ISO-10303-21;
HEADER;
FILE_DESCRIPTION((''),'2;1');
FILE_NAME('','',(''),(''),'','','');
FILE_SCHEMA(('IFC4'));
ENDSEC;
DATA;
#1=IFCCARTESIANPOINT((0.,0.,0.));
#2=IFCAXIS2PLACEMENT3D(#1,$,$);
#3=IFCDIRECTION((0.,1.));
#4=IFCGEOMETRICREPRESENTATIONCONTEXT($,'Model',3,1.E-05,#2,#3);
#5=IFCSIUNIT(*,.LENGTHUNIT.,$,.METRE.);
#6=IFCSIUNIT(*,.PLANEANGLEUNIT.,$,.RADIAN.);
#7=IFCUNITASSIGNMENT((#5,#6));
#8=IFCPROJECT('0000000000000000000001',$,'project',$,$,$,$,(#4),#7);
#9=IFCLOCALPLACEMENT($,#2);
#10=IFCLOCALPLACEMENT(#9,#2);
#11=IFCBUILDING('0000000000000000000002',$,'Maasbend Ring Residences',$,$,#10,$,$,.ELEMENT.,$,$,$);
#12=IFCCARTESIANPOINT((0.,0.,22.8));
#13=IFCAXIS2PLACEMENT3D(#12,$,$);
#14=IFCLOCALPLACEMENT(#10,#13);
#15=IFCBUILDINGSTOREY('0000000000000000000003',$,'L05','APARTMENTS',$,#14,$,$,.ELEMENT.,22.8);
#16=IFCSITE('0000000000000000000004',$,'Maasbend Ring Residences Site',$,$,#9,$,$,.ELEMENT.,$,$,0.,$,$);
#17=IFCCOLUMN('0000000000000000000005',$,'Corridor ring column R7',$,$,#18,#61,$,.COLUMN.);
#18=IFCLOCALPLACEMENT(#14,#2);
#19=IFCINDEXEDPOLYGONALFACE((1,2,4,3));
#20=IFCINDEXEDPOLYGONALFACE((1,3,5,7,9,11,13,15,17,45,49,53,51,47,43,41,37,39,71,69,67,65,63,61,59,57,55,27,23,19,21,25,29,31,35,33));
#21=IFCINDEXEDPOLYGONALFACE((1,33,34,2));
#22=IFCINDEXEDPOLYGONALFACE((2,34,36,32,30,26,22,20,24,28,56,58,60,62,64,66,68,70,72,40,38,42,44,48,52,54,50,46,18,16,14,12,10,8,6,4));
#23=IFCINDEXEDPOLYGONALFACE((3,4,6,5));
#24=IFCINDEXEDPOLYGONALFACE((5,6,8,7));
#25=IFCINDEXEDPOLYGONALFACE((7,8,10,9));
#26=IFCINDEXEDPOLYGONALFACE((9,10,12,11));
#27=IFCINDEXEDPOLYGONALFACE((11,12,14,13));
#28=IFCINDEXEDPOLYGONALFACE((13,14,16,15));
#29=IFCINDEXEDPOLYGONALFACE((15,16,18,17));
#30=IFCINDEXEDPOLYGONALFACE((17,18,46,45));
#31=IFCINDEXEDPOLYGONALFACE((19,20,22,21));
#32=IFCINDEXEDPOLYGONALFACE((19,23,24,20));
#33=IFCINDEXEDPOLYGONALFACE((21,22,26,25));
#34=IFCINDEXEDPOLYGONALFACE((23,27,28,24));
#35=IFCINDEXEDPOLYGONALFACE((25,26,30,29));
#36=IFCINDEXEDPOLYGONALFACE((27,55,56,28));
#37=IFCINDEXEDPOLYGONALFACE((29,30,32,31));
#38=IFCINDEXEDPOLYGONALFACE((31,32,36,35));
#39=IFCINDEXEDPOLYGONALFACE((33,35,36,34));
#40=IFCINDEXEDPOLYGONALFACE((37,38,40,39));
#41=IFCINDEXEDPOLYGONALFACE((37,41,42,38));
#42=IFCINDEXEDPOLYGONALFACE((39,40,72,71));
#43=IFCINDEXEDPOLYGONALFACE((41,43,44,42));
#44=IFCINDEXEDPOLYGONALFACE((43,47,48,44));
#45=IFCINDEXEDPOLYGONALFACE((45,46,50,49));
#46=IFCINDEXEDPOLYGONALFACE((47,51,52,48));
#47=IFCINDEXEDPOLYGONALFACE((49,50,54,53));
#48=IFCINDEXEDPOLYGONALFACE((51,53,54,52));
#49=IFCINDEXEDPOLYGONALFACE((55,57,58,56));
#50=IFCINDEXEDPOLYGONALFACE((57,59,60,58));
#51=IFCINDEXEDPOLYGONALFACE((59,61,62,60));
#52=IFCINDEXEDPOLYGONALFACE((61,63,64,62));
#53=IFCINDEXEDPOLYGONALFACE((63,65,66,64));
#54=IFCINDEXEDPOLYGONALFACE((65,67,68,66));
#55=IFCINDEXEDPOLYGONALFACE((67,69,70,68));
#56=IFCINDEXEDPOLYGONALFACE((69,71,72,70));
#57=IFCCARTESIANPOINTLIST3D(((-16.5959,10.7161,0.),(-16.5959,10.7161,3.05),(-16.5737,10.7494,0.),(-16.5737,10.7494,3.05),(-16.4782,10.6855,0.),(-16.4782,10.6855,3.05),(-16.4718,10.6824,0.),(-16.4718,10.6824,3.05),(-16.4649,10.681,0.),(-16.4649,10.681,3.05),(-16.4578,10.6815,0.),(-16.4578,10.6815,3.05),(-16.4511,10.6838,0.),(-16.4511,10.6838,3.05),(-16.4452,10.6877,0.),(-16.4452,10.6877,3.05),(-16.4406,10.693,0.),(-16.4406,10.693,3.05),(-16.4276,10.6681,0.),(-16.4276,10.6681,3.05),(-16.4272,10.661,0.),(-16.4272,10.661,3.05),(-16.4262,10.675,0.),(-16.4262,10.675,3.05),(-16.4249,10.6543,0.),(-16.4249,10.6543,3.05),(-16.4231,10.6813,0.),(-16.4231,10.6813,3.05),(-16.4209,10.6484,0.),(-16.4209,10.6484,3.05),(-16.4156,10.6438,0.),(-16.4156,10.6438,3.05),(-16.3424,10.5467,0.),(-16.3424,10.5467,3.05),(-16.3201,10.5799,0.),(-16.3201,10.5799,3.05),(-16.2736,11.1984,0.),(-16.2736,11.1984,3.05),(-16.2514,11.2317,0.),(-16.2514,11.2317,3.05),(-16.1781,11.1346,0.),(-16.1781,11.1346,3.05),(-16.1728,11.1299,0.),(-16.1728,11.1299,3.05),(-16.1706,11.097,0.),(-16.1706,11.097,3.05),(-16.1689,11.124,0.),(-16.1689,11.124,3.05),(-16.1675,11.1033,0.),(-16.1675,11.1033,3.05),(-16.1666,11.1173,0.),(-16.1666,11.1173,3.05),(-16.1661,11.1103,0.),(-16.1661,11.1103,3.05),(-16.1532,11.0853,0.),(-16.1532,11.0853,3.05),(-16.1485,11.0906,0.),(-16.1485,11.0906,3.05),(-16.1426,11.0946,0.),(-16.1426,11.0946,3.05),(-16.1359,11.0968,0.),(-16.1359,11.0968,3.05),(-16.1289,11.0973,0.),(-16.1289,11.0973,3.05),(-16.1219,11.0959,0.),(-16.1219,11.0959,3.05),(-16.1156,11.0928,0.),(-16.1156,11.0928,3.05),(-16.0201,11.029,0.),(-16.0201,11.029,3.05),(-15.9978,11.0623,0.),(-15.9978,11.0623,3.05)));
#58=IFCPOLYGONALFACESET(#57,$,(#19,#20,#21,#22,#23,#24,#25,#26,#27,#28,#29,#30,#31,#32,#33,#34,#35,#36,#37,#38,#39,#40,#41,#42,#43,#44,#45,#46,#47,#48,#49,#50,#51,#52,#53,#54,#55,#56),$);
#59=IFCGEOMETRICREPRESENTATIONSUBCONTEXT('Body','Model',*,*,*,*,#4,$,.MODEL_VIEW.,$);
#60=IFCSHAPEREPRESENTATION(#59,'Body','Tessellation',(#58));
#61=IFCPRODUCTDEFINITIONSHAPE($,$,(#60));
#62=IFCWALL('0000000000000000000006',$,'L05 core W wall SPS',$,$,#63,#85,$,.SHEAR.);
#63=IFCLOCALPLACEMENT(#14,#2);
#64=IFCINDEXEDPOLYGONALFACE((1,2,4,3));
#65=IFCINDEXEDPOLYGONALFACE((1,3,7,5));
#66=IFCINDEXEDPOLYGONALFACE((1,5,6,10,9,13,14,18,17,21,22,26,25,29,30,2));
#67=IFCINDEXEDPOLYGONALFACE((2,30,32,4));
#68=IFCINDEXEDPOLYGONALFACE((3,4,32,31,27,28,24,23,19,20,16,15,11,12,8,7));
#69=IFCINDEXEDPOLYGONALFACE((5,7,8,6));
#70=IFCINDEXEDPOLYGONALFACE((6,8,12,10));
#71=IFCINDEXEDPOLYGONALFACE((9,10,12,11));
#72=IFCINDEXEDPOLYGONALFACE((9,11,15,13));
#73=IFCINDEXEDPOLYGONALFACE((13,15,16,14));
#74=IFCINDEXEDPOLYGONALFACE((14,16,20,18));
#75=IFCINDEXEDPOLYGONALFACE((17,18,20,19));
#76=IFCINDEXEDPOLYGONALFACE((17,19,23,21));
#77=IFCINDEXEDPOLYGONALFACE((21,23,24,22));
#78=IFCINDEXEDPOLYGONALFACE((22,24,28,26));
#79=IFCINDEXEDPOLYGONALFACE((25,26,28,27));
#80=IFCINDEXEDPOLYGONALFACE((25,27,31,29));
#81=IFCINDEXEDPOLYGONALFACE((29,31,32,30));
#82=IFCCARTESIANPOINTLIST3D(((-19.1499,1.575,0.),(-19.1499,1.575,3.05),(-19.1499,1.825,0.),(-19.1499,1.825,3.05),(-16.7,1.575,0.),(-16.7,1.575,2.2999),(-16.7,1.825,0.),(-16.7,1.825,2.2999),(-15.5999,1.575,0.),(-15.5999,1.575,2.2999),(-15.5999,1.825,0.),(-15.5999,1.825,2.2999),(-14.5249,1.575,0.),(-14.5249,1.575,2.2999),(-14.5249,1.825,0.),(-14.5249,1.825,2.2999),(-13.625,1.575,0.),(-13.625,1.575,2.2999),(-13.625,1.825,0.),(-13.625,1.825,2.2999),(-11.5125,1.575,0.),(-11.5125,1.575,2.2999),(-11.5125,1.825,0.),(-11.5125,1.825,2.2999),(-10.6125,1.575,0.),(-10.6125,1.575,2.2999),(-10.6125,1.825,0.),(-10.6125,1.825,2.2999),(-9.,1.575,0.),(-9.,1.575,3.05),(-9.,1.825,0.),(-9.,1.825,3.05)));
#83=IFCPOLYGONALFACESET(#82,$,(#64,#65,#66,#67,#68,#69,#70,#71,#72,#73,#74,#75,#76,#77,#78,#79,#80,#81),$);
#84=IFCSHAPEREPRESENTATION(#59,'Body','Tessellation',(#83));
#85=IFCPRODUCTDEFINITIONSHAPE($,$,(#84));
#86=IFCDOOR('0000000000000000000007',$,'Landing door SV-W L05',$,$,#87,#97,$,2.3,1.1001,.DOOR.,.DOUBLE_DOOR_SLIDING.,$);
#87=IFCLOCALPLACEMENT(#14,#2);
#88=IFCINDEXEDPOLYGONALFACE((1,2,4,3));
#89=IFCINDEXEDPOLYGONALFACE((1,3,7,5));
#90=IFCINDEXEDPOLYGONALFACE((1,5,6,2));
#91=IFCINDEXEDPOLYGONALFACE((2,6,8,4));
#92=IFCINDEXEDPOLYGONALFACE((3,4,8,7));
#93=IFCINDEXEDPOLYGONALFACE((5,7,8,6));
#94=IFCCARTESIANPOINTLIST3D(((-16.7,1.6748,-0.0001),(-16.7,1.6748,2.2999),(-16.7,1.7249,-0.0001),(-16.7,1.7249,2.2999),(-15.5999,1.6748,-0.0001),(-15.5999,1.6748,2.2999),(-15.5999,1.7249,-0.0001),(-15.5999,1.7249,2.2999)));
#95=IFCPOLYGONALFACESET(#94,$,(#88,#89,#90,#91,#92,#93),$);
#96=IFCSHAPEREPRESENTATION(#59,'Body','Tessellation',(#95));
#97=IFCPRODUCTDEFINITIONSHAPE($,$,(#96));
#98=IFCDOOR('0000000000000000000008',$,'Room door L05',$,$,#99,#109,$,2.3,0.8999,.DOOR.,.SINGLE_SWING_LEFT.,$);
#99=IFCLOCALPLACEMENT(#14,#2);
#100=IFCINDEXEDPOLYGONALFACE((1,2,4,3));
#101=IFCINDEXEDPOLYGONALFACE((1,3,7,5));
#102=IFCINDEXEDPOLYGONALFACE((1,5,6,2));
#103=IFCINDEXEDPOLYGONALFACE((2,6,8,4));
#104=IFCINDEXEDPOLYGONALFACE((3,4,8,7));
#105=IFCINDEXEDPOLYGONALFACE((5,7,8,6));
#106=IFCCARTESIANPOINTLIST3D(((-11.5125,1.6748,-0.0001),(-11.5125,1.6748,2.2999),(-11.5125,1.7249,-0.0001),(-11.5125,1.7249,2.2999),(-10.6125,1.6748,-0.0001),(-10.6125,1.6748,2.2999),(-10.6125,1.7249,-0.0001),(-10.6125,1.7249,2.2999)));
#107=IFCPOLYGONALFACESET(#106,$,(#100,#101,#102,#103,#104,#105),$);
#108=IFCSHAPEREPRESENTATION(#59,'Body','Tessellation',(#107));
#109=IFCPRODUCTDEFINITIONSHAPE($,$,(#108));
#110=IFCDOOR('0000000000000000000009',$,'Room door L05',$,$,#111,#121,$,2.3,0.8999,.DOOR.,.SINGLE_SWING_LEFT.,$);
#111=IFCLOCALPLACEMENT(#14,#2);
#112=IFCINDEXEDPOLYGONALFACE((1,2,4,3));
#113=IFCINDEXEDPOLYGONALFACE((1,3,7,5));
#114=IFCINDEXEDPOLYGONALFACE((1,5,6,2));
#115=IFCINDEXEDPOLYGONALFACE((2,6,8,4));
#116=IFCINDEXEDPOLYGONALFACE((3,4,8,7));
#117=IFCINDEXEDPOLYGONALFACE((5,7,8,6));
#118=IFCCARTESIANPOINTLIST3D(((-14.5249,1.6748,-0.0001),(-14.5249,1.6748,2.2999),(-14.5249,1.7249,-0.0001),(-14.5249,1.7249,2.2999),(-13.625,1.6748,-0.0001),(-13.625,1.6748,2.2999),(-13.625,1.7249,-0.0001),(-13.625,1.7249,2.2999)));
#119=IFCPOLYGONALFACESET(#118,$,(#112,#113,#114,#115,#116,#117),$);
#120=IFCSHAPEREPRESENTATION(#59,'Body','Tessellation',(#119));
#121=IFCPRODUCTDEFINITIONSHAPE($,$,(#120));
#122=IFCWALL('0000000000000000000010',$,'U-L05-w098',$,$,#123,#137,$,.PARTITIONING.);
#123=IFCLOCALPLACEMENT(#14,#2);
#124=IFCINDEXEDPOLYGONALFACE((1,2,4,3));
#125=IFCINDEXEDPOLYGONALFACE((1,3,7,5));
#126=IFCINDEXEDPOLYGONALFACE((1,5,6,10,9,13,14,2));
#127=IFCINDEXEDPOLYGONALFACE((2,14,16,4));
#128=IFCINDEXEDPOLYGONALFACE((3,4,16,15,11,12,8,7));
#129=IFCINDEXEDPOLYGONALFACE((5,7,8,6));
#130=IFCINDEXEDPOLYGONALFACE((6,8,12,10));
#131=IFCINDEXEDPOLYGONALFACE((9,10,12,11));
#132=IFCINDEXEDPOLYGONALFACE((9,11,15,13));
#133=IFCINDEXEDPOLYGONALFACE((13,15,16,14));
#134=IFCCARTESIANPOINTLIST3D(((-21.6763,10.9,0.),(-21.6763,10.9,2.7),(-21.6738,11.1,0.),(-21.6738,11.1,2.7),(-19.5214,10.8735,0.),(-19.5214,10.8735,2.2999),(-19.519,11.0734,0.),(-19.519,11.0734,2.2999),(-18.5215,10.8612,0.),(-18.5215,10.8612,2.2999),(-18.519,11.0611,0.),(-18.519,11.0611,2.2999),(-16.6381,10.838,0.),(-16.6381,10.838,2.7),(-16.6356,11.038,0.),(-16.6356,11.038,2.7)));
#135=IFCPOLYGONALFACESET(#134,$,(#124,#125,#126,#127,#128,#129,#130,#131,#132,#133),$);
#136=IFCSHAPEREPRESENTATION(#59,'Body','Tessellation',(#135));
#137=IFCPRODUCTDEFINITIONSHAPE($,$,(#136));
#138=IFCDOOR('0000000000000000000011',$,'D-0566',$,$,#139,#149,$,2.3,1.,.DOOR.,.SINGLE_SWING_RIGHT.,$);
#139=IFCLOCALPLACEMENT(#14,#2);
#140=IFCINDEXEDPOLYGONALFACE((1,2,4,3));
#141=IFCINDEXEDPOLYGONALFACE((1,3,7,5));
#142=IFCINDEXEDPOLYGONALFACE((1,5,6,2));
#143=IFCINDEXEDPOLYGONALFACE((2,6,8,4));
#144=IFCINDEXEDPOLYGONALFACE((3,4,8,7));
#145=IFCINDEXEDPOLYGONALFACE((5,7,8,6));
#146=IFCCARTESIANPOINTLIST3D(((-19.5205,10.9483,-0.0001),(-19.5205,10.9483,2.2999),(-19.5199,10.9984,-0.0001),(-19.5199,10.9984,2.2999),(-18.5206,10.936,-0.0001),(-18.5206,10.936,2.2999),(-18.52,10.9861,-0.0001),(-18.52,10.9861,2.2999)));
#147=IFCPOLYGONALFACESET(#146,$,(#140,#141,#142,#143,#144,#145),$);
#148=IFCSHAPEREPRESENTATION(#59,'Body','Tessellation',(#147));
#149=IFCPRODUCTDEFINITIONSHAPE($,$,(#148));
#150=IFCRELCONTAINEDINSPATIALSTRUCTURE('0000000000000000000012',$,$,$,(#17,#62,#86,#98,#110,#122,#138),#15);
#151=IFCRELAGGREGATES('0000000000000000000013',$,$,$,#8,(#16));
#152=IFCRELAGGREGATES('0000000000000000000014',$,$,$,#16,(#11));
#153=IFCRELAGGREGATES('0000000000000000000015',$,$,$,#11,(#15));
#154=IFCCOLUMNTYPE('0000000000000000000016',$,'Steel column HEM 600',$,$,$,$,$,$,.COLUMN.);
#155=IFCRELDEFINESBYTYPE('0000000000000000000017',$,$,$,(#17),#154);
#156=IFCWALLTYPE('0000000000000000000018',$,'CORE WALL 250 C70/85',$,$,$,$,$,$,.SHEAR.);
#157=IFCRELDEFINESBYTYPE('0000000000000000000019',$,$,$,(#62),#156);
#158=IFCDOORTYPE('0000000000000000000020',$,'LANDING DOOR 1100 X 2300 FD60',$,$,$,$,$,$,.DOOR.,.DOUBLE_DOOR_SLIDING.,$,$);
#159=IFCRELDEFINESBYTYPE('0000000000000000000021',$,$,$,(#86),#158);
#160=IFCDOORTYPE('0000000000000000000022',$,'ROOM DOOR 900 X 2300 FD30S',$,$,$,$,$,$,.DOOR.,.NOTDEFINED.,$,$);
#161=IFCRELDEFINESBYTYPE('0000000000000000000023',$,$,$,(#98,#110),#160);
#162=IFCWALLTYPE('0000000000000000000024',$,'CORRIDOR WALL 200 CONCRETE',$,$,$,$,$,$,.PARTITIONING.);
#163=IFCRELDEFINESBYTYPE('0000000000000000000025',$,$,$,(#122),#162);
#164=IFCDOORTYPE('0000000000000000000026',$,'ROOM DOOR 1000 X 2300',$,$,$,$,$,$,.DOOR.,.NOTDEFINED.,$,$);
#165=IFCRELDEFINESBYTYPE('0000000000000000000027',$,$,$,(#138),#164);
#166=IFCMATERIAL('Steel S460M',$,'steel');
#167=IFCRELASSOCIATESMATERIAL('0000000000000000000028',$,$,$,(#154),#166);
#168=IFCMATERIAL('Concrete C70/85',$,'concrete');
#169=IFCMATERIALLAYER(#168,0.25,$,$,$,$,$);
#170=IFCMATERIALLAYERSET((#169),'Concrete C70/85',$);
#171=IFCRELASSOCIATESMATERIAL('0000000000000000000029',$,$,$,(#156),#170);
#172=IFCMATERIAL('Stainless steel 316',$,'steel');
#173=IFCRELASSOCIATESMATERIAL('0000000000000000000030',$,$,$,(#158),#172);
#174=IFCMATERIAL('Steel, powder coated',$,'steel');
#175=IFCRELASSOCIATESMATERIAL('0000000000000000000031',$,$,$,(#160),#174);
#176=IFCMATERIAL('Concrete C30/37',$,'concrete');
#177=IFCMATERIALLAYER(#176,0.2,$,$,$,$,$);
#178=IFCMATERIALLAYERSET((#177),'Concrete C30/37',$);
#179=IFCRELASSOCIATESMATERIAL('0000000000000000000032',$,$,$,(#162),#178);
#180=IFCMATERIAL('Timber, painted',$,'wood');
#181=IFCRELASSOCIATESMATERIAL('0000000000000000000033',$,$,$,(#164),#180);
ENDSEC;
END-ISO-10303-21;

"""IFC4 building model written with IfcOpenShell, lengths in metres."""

from ifc_helpers import new_model, si_unit, direction, frame, frame_2d, origin, origin_2d, place, context, subcontext, project, spatial, rectangle, i_section, extrude, material, layer, layer_set, material_profile, profile_set, type_object, element, fill, save


model = new_model("IFC4")

# Units and contexts
model_context = context("Model", 3, precision=1e-05, world=origin(), true_north=direction((0.0, 1.0)))
body_context = subcontext(model_context, "Body", "Model", "MODEL_VIEW")
ifc_project = project(units=[si_unit("LENGTHUNIT", "METRE"), si_unit("PLANEANGLEUNIT", "RADIAN")], contexts=[model_context])

# Site, building, storey
site_placement = place(None, origin())
site = spatial("IfcSite", under=ifc_project, at=site_placement, Name="Maasbend Ring Residences Site", CompositionType="ELEMENT", RefElevation=0.0)
building_placement = place(site_placement, origin())
building = spatial("IfcBuilding", under=site, at=building_placement, Name="Maasbend Ring Residences", CompositionType="ELEMENT")
storey_placement = place(building_placement, frame((0.0, 0.0, 22.8)))
storey = spatial("IfcBuildingStorey", under=building, at=storey_placement, Name="L05", Description="APARTMENTS", CompositionType="ELEMENT", Elevation=22.8)

# Column
ifc_material_1 = material(Name="Steel S460M", Category="steel")
ifc_material_profile = material_profile(ifc_material_1, i_section(OverallWidth=0.3049, OverallDepth=0.6201, WebThickness=0.021, FlangeThickness=0.04, FilletRadius=0.0271, at=origin_2d()), Name="HEM 600")
ifc_profile_set = profile_set([ifc_material_profile], Name="Steel S460M")
column_type = type_object("IfcColumnType", Name="Steel column HEM 600", PredefinedType="COLUMN", material=ifc_profile_set)
column_placement = place(storey_placement, frame((-16.2969, 10.8892, 0.0), z_axis=(0.0, 0.0, 1.0), x_axis=(-0.83147, 0.55557, 0.0)))
element("IfcColumn", 1, at=column_placement, inside=storey, type_object=column_type, Name="Corridor ring column R7", PredefinedType="COLUMN", context=body_context, shape_type="SweptSolid", body=[
    extrude(i_section(OverallWidth=0.3049, OverallDepth=0.6201, WebThickness=0.021, FlangeThickness=0.04, FilletRadius=0.0271, at=origin_2d()), origin(), (0.0, 0.0, 1.0), 3.05),
])

# Wall, openings, doors
ifc_material_2 = material(Name="Concrete C70/85", Category="concrete")
ifc_layer_1 = layer(ifc_material_2, 0.25)
ifc_layer_set_1 = layer_set([ifc_layer_1], Name="Concrete C70/85")
wall_type_1 = type_object("IfcWallType", Name="CORE WALL 250 C70/85", PredefinedType="SHEAR", material=ifc_layer_set_1)
wall_1_placement = place(storey_placement, frame((-19.1499, 1.7, 0.0), z_axis=(0.0, 0.0, 1.0), x_axis=(1.0, 0.0, 0.0)))
wall_1 = element("IfcWall", 2, at=wall_1_placement, inside=storey, type_object=wall_type_1, Name="L05 core W wall SPS", PredefinedType="SHEAR", context=body_context, shape_type="SweptSolid", body=[
    extrude(rectangle(XDim=10.1499, YDim=0.25, at=frame_2d((5.075, 0.0))), origin(), (0.0, 0.0, 1.0), 3.05),
])
opening_1_placement = place(wall_1_placement, frame((2.45, 0.0, 0.0)))
opening_1 = element("IfcOpeningElement", 3, at=opening_1_placement, cuts=wall_1, PredefinedType="OPENING", context=body_context, shape_type="SweptSolid", body=[
    extrude(rectangle(XDim=1.1001, YDim=2.3, at=frame_2d((0.55, 1.1499))), frame((0.0, 0.135, 0.0), z_axis=(0.0, -1.0, 0.0), x_axis=(1.0, 0.0, 0.0)), (0.0, 0.0, 1.0), 0.27),
])
opening_2_placement = place(wall_1_placement, frame((7.6375, 0.0, 0.0)))
opening_2 = element("IfcOpeningElement", 4, at=opening_2_placement, cuts=wall_1, PredefinedType="OPENING", context=body_context, shape_type="SweptSolid", body=[
    extrude(rectangle(XDim=0.8999, YDim=2.3, at=frame_2d((0.45, 1.1499))), frame((0.0, 0.135, 0.0), z_axis=(0.0, -1.0, 0.0), x_axis=(1.0, 0.0, 0.0)), (0.0, 0.0, 1.0), 0.27),
])
opening_3_placement = place(wall_1_placement, frame((4.625, 0.0, 0.0)))
opening_3 = element("IfcOpeningElement", 5, at=opening_3_placement, cuts=wall_1, PredefinedType="OPENING", context=body_context, shape_type="SweptSolid", body=[
    extrude(rectangle(XDim=0.8999, YDim=2.3, at=frame_2d((0.45, 1.1499))), frame((0.0, 0.135, 0.0), z_axis=(0.0, -1.0, 0.0), x_axis=(1.0, 0.0, 0.0)), (0.0, 0.0, 1.0), 0.27),
])
ifc_material_3 = material(Name="Stainless steel 316", Category="steel")
door_type_1 = type_object("IfcDoorType", Name="LANDING DOOR 1100 X 2300 FD60", OperationType="DOUBLE_DOOR_SLIDING", PredefinedType="DOOR", material=ifc_material_3)
door_1_placement = place(opening_1_placement, origin())
door_1 = element("IfcDoor", 6, at=door_1_placement, inside=storey, type_object=door_type_1, Name="Landing door SV-W L05", OperationType="DOUBLE_DOOR_SLIDING", OverallHeight=2.3, OverallWidth=1.1001, PredefinedType="DOOR", context=body_context, shape_type="SweptSolid", body=[
    extrude(rectangle(XDim=1.1001, YDim=2.3, at=frame_2d((0.55, 1.1499))), frame((0.0, 0.0249, 0.0), z_axis=(0.0, -1.0, 0.0), x_axis=(1.0, 0.0, 0.0)), (0.0, 0.0, 1.0), 0.05),
])
fill(opening_1, door_1)
ifc_material_4 = material(Name="Steel, powder coated", Category="steel")
door_type_2 = type_object("IfcDoorType", Name="ROOM DOOR 900 X 2300 FD30S", OperationType="NOTDEFINED", PredefinedType="DOOR", material=ifc_material_4)
door_2_placement = place(opening_2_placement, origin())
door_2 = element("IfcDoor", 7, at=door_2_placement, inside=storey, type_object=door_type_2, Name="Room door L05", OperationType="SINGLE_SWING_LEFT", OverallHeight=2.3, OverallWidth=0.8999, PredefinedType="DOOR", context=body_context, shape_type="SweptSolid", body=[
    extrude(rectangle(XDim=0.8999, YDim=2.3, at=frame_2d((0.45, 1.1499))), frame((0.0, 0.0249, 0.0), z_axis=(0.0, -1.0, 0.0), x_axis=(1.0, 0.0, 0.0)), (0.0, 0.0, 1.0), 0.05),
])
fill(opening_2, door_2)
door_3_placement = place(opening_3_placement, origin())
door_3 = element("IfcDoor", 8, at=door_3_placement, inside=storey, type_object=door_type_2, Name="Room door L05", OperationType="SINGLE_SWING_LEFT", OverallHeight=2.3, OverallWidth=0.8999, PredefinedType="DOOR", context=body_context, shape_type="SweptSolid", body=[
    extrude(rectangle(XDim=0.8999, YDim=2.3, at=frame_2d((0.45, 1.1499))), frame((0.0, 0.0249, 0.0), z_axis=(0.0, -1.0, 0.0), x_axis=(1.0, 0.0, 0.0)), (0.0, 0.0, 1.0), 0.05),
])
fill(opening_3, door_3)

# Wall, opening, door
ifc_material_5 = material(Name="Concrete C30/37", Category="concrete")
ifc_layer_2 = layer(ifc_material_5, 0.2)
ifc_layer_set_2 = layer_set([ifc_layer_2], Name="Concrete C30/37")
wall_type_2 = type_object("IfcWallType", Name="CORRIDOR WALL 200 CONCRETE", PredefinedType="PARTITIONING", material=ifc_layer_set_2)
wall_2_placement = place(storey_placement, frame((-21.675, 11.0, 0.0), z_axis=(0.0, 0.0, 1.0), x_axis=(0.999924, -0.012308, 0.0)))
wall_2 = element("IfcWall", 9, at=wall_2_placement, inside=storey, type_object=wall_type_2, Name="U-L05-w098", PredefinedType="PARTITIONING", context=body_context, shape_type="SweptSolid", body=[
    extrude(rectangle(XDim=5.0386, YDim=0.2, at=frame_2d((2.5193, 0.0))), origin(), (0.0, 0.0, 1.0), 2.7),
])
opening_4_placement = place(wall_2_placement, frame((2.155, 0.0, 0.0)))
opening_4 = element("IfcOpeningElement", 10, at=opening_4_placement, cuts=wall_2, PredefinedType="OPENING", context=body_context, shape_type="SweptSolid", body=[
    extrude(rectangle(XDim=1.0, YDim=2.3, at=frame_2d((0.5, 1.1499))), frame((0.0, 0.1099, 0.0), z_axis=(0.0, -1.0, 0.0), x_axis=(1.0, 0.0, 0.0)), (0.0, 0.0, 1.0), 0.22),
])
ifc_material_6 = material(Name="Timber, painted", Category="wood")
door_type_3 = type_object("IfcDoorType", Name="ROOM DOOR 1000 X 2300", OperationType="NOTDEFINED", PredefinedType="DOOR", material=ifc_material_6)
door_4_placement = place(opening_4_placement, origin())
door_4 = element("IfcDoor", 11, at=door_4_placement, inside=storey, type_object=door_type_3, Name="D-0566", OperationType="SINGLE_SWING_RIGHT", OverallHeight=2.3, OverallWidth=1.0, PredefinedType="DOOR", context=body_context, shape_type="SweptSolid", body=[
    extrude(rectangle(XDim=1.0, YDim=2.3, at=frame_2d((0.5, 1.1499))), frame((0.0, 0.0249, 0.0), z_axis=(0.0, -1.0, 0.0), x_axis=(1.0, 0.0, 0.0)), (0.0, 0.0, 1.0), 0.05),
])
fill(opening_4, door_4)

save(model, "model.ifc")
